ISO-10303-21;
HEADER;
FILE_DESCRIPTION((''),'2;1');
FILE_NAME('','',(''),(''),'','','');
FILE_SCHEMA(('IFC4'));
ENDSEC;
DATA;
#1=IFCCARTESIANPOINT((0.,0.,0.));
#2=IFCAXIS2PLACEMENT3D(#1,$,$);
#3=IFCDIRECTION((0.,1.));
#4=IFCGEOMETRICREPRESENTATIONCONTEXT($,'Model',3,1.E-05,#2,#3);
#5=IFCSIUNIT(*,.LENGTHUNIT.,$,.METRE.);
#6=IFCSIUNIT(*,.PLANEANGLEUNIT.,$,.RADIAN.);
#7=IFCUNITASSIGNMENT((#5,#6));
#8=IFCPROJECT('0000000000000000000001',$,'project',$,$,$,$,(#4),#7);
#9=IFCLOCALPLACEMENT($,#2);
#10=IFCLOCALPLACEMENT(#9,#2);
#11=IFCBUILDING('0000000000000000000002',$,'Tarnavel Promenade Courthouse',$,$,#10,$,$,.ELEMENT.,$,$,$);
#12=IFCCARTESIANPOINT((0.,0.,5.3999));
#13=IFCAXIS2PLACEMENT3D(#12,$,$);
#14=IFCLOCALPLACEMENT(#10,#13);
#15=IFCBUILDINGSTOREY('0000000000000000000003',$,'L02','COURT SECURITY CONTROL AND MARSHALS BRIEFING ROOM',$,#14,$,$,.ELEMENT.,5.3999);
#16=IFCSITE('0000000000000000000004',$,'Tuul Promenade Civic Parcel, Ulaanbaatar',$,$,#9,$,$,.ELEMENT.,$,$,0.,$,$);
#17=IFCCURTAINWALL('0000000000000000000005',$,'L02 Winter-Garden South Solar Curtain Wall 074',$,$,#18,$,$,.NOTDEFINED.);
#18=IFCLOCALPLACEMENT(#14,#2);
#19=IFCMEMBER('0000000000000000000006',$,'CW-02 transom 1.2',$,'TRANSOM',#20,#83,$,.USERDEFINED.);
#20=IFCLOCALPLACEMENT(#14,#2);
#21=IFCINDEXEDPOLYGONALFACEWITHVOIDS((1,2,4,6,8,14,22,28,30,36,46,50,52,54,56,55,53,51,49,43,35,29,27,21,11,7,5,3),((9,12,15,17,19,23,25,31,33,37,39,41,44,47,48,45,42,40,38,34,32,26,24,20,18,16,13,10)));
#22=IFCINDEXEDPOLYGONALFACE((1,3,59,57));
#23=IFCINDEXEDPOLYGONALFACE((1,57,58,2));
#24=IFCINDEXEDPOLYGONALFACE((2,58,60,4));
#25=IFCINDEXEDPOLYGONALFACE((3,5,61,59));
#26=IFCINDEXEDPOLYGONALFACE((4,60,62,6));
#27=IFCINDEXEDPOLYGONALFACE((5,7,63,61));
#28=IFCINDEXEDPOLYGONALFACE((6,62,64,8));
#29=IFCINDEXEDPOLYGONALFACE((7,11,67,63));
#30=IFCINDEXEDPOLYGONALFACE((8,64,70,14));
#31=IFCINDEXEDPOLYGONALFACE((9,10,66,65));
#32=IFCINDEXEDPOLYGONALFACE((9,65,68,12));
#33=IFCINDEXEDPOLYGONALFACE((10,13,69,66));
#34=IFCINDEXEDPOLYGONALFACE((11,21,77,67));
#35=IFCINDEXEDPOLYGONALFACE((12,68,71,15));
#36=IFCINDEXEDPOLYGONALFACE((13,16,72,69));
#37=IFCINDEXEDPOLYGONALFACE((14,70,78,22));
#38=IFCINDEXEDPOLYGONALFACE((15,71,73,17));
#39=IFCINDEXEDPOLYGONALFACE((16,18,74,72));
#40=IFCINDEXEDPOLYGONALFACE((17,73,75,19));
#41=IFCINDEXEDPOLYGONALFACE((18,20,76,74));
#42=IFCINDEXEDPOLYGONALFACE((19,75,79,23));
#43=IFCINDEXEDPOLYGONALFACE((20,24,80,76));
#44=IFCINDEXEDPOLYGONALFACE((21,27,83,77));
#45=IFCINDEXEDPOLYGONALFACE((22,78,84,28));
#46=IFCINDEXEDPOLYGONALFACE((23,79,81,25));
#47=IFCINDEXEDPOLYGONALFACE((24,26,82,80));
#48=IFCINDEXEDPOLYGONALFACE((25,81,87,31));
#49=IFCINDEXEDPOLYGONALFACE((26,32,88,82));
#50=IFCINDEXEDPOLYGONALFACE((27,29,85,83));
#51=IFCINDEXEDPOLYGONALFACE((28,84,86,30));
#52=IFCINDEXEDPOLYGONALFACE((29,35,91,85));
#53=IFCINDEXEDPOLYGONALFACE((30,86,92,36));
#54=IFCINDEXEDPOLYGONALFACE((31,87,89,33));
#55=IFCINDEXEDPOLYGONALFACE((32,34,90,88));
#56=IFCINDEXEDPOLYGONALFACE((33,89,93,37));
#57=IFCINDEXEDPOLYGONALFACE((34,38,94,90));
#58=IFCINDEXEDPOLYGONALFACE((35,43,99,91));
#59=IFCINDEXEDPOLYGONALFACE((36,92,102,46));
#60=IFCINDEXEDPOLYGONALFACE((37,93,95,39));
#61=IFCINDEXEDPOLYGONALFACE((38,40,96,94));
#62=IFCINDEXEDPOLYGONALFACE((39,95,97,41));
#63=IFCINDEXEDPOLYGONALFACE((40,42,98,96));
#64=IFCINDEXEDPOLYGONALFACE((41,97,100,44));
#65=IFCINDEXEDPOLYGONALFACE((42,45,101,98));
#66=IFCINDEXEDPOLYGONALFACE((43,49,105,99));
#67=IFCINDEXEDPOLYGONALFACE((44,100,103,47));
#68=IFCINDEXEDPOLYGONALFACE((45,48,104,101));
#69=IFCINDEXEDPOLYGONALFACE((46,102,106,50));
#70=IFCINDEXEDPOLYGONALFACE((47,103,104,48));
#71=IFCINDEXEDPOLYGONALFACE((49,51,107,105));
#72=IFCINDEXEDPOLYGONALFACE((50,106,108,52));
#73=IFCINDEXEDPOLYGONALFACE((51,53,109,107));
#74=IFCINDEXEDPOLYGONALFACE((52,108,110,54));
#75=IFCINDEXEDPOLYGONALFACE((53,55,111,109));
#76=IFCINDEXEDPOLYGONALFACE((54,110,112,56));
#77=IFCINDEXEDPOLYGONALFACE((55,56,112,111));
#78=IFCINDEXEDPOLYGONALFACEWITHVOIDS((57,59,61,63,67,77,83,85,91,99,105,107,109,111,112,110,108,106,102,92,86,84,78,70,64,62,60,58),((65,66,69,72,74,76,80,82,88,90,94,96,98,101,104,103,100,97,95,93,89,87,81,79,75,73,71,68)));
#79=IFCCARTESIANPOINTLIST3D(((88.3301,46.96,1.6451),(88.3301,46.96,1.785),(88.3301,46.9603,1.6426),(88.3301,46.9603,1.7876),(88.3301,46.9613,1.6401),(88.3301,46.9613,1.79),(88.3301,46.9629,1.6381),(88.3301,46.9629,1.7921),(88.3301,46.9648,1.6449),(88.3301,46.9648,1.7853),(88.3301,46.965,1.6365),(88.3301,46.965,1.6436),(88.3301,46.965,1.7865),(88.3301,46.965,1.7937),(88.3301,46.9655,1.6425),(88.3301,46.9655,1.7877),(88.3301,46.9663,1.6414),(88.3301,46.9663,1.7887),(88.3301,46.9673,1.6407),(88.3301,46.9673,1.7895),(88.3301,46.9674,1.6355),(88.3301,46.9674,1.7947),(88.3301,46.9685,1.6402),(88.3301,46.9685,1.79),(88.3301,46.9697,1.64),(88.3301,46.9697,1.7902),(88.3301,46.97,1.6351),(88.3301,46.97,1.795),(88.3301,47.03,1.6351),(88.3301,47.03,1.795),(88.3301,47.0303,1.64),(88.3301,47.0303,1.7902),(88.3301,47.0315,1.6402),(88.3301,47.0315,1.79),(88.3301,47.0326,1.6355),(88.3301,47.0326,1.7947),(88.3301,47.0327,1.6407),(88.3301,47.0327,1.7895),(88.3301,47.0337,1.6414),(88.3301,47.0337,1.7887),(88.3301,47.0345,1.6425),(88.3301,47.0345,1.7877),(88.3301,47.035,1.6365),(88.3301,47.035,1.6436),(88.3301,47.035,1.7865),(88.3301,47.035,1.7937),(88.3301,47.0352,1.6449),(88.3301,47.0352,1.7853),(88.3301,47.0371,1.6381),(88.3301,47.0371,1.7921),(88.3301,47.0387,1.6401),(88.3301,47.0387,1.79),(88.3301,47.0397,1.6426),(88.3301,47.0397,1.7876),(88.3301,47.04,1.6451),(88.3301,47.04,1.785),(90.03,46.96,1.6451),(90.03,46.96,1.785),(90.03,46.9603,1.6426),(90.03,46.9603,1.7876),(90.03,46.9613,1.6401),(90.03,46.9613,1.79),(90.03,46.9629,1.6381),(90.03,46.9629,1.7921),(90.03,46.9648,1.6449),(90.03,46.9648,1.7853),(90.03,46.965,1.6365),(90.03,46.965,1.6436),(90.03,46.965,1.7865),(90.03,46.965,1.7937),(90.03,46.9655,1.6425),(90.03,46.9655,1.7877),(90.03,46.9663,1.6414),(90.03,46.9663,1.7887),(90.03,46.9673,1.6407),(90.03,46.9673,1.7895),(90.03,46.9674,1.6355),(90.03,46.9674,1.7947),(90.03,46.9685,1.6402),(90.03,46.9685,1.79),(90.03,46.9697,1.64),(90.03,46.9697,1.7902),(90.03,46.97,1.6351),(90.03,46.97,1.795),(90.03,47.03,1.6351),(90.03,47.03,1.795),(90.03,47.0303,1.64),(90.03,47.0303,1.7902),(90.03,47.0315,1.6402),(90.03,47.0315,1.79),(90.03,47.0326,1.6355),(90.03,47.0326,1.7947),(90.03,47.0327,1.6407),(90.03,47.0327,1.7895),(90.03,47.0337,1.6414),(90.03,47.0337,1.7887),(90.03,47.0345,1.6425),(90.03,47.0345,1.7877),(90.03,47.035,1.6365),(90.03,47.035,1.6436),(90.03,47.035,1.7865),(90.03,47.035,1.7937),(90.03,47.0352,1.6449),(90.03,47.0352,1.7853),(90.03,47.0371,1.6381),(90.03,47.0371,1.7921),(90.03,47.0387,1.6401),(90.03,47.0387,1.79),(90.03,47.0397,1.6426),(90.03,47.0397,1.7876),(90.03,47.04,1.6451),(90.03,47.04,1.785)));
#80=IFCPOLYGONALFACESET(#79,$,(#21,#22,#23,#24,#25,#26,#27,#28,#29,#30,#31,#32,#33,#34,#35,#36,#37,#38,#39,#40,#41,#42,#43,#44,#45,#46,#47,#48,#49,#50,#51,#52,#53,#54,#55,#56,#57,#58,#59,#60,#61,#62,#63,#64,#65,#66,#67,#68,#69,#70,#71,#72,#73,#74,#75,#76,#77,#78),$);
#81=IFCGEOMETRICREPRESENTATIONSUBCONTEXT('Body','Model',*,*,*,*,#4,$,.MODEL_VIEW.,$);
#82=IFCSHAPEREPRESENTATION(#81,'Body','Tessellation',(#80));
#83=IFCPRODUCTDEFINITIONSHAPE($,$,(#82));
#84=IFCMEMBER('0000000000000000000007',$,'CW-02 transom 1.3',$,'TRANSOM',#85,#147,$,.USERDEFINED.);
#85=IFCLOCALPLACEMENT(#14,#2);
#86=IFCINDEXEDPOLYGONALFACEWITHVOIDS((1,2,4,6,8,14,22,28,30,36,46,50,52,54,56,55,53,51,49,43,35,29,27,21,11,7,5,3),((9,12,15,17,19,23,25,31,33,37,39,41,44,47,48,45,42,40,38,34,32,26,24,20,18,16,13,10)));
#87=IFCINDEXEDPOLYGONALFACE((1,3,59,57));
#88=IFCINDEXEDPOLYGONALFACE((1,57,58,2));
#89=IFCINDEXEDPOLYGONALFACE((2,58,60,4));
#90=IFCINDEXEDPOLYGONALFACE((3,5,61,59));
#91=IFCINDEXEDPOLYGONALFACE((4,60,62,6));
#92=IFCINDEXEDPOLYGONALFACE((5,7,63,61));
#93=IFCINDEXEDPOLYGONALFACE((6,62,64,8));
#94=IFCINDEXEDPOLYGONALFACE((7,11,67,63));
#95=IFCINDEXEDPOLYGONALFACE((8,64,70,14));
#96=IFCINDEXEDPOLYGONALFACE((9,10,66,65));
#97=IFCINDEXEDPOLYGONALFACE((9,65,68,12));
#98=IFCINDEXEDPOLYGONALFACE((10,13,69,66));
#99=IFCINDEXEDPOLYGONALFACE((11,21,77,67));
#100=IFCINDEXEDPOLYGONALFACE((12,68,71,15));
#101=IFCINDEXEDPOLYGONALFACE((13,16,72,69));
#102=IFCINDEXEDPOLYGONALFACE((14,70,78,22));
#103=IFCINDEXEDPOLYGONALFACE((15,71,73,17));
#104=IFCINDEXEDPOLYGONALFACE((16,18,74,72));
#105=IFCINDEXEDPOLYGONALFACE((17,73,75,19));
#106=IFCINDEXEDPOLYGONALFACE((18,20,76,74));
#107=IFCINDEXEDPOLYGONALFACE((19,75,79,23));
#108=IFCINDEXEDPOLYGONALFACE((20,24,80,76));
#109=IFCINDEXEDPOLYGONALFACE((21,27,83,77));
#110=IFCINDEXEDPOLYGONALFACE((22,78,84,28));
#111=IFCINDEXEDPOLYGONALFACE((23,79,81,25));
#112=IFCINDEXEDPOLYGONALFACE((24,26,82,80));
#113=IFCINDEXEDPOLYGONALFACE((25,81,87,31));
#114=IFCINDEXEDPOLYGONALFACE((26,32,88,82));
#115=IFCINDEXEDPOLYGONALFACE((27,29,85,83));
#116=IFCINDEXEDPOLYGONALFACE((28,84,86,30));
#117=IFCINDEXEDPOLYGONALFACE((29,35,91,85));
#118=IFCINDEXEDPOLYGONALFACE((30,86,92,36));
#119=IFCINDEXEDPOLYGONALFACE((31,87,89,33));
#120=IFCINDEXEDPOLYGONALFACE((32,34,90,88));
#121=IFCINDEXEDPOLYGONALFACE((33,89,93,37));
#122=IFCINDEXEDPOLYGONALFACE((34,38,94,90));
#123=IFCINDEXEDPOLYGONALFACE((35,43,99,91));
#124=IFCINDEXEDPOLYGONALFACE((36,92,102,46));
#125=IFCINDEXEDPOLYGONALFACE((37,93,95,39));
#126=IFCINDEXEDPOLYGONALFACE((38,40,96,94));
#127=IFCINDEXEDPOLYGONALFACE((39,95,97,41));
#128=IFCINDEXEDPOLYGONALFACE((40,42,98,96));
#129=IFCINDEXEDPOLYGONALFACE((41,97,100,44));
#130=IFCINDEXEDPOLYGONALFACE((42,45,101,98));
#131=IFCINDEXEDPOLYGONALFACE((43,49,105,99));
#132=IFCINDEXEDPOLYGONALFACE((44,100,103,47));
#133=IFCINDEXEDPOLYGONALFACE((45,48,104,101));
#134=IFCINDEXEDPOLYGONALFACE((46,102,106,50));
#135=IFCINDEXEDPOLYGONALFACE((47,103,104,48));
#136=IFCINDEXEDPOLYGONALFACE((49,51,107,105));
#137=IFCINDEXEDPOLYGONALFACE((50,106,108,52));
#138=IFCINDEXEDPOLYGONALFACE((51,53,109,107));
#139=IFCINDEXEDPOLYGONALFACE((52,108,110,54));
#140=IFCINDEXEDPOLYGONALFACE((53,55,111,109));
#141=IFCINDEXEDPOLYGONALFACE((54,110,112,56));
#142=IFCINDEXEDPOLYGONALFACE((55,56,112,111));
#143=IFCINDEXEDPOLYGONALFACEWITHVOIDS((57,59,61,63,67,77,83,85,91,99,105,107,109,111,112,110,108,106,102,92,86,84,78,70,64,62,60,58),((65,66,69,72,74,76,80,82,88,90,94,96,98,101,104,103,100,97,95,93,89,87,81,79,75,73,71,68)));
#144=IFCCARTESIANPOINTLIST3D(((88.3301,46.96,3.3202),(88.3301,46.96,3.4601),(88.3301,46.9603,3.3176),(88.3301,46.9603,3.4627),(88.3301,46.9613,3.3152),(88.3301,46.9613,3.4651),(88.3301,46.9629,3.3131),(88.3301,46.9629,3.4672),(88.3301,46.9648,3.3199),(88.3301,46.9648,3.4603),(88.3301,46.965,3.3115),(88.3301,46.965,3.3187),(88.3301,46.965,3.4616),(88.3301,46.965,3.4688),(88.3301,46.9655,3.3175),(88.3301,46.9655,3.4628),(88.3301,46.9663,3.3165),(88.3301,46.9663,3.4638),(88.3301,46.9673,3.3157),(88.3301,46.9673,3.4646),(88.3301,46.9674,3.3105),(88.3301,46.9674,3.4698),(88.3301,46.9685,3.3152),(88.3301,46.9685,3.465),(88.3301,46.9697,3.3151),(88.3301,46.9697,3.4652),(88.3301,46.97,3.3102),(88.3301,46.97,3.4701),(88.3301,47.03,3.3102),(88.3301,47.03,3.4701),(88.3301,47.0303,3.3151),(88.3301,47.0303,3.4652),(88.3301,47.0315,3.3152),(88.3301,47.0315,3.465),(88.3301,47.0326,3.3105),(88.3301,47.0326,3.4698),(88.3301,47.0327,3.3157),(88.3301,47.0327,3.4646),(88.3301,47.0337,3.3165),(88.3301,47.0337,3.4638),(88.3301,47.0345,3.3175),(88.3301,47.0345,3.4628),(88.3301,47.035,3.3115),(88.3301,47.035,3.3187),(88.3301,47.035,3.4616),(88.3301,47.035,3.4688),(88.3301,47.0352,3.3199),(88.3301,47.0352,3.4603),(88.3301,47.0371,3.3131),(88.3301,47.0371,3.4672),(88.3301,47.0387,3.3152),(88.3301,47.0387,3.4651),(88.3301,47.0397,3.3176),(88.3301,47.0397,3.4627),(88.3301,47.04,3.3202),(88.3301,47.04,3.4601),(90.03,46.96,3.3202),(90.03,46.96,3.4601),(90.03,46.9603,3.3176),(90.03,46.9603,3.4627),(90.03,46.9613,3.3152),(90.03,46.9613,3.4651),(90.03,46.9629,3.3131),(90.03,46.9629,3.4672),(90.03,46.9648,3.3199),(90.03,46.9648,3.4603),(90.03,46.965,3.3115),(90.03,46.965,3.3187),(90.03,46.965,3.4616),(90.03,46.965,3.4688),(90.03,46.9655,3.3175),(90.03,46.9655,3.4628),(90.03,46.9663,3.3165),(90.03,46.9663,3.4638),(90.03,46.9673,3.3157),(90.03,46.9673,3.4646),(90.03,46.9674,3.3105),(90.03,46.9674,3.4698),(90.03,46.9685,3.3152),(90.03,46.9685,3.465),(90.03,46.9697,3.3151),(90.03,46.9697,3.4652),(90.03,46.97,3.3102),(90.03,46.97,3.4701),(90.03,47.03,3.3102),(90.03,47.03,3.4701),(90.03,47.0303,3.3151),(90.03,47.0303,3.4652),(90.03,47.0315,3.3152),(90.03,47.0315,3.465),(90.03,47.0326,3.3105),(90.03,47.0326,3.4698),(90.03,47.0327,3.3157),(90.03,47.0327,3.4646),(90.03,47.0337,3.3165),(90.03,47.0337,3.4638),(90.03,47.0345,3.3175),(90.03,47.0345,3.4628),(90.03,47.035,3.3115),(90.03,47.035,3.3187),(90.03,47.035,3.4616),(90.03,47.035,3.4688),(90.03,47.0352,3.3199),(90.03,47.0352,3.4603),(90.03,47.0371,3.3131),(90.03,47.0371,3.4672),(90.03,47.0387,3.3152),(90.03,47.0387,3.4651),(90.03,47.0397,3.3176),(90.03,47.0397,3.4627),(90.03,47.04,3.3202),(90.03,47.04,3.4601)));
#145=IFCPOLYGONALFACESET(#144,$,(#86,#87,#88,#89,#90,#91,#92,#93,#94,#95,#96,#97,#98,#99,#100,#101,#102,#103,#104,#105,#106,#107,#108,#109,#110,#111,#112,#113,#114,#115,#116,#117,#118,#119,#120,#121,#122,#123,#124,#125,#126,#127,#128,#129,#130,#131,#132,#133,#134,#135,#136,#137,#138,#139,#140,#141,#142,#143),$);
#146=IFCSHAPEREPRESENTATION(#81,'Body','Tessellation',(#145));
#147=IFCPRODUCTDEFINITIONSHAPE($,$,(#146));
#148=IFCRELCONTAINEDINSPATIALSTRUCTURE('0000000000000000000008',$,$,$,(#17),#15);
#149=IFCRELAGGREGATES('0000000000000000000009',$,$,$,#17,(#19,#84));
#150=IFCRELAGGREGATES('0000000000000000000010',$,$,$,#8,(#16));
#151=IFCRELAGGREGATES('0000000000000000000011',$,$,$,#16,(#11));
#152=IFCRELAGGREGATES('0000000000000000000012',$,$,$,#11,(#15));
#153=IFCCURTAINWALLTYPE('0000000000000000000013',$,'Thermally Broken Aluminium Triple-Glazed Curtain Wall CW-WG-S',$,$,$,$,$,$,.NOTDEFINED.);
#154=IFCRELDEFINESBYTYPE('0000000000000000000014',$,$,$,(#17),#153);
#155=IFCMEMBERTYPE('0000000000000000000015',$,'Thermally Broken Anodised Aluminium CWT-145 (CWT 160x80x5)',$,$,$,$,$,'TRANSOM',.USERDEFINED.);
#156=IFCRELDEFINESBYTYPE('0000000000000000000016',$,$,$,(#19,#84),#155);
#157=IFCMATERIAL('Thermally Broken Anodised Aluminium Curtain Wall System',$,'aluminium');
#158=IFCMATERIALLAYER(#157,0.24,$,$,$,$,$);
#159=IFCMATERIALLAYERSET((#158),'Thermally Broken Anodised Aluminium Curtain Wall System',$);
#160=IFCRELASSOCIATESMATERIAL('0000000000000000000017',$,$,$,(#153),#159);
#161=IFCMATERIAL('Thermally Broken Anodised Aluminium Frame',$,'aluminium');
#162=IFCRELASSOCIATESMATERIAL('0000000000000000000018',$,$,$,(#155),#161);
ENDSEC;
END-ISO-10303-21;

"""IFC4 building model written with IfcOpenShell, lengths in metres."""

from ifc_helpers import new_model, si_unit, direction, frame, origin, origin_2d, place, context, subcontext, project, spatial, hollow_rectangle, extrude, material, layer, layer_set, material_profile, profile_set, type_object, element, aggregate, save


model = new_model("IFC4")

# Units and contexts
model_context = context("Model", 3, precision=1e-05, world=origin(), true_north=direction((0.0, 1.0)))
body_context = subcontext(model_context, "Body", "Model", "MODEL_VIEW")
ifc_project = project(units=[si_unit("LENGTHUNIT", "METRE"), si_unit("PLANEANGLEUNIT", "RADIAN")], contexts=[model_context])

# Site, building, storey
site_placement = place(None, origin())
site = spatial("IfcSite", under=ifc_project, at=site_placement, Name="Tuul Promenade Civic Parcel, Ulaanbaatar", CompositionType="ELEMENT", RefElevation=0.0)
building_placement = place(site_placement, origin())
building = spatial("IfcBuilding", under=site, at=building_placement, Name="Tarnavel Promenade Courthouse", CompositionType="ELEMENT")
storey_placement = place(building_placement, frame((0.0, 0.0, 5.3999)))
storey = spatial("IfcBuildingStorey", under=building, at=storey_placement, Name="L02", Description="COURT SECURITY CONTROL AND MARSHALS BRIEFING ROOM", CompositionType="ELEMENT", Elevation=5.3999)

# Shared definitions
ifc_material_1 = material(Name="Thermally Broken Anodised Aluminium Curtain Wall System", Category="aluminium")
ifc_layer_1 = layer(ifc_material_1, 0.24)
ifc_layer_set_1 = layer_set([ifc_layer_1], Name="Thermally Broken Anodised Aluminium Curtain Wall System")
curtain_wall_type = type_object("IfcCurtainWallType", Name="Thermally Broken Aluminium Triple-Glazed Curtain Wall CW-WG-S", PredefinedType="NOTDEFINED", material=ifc_layer_set_1)
ifc_material_2 = material(Name="Thermally Broken Anodised Aluminium Frame", Category="aluminium")

# Curtain wall
curtain_wall_1_placement = place(storey_placement, origin())
curtain_wall_1 = element("IfcCurtainWall", 1, at=curtain_wall_1_placement, inside=storey, type_object=curtain_wall_type, Name="L02 Winter-Garden South Solar Curtain Wall 074", PredefinedType="NOTDEFINED")

# Members
ifc_material_profile_1 = material_profile(ifc_material_2, hollow_rectangle(XDim=0.0801, YDim=0.1599, WallThickness=0.0049, InnerFilletRadius=0.0049, OuterFilletRadius=0.01, at=origin_2d()), Name="CWT 160x80x5")
ifc_profile_set_1 = profile_set([ifc_material_profile_1], Name="Thermally Broken Anodised Aluminium Frame")
member_type_1 = type_object("IfcMemberType", Name="Thermally Broken Anodised Aluminium CWT-145 (CWT 160x80x5)", ElementType="TRANSOM", PredefinedType="USERDEFINED", material=ifc_profile_set_1)
member_1_placement = place(storey_placement, frame((88.3301, 47.0, 1.7151), z_axis=(1.0, 0.0, 0.0), x_axis=(0.0, 1.0, 0.0)))
member_1 = element("IfcMember", 2, at=member_1_placement, type_object=member_type_1, Name="CW-02 transom 1.2", ObjectType="TRANSOM", PredefinedType="USERDEFINED", context=body_context, shape_type="SweptSolid", body=[
    extrude(hollow_rectangle(XDim=0.0801, YDim=0.1599, WallThickness=0.0049, InnerFilletRadius=0.0049, OuterFilletRadius=0.01, at=origin_2d()), origin(), (0.0, 0.0, 1.0), 1.7),
])
member_2_placement = place(storey_placement, frame((88.3301, 47.0, 3.3901), z_axis=(1.0, 0.0, 0.0), x_axis=(0.0, 1.0, 0.0)))
member_2 = element("IfcMember", 3, at=member_2_placement, type_object=member_type_1, Name="CW-02 transom 1.3", ObjectType="TRANSOM", PredefinedType="USERDEFINED", context=body_context, shape_type="SweptSolid", body=[
    extrude(hollow_rectangle(XDim=0.0801, YDim=0.1599, WallThickness=0.0049, InnerFilletRadius=0.0049, OuterFilletRadius=0.01, at=origin_2d()), origin(), (0.0, 0.0, 1.0), 1.7),
])

aggregate(curtain_wall_1, [member_1, member_2])

save(model, "model.ifc")
